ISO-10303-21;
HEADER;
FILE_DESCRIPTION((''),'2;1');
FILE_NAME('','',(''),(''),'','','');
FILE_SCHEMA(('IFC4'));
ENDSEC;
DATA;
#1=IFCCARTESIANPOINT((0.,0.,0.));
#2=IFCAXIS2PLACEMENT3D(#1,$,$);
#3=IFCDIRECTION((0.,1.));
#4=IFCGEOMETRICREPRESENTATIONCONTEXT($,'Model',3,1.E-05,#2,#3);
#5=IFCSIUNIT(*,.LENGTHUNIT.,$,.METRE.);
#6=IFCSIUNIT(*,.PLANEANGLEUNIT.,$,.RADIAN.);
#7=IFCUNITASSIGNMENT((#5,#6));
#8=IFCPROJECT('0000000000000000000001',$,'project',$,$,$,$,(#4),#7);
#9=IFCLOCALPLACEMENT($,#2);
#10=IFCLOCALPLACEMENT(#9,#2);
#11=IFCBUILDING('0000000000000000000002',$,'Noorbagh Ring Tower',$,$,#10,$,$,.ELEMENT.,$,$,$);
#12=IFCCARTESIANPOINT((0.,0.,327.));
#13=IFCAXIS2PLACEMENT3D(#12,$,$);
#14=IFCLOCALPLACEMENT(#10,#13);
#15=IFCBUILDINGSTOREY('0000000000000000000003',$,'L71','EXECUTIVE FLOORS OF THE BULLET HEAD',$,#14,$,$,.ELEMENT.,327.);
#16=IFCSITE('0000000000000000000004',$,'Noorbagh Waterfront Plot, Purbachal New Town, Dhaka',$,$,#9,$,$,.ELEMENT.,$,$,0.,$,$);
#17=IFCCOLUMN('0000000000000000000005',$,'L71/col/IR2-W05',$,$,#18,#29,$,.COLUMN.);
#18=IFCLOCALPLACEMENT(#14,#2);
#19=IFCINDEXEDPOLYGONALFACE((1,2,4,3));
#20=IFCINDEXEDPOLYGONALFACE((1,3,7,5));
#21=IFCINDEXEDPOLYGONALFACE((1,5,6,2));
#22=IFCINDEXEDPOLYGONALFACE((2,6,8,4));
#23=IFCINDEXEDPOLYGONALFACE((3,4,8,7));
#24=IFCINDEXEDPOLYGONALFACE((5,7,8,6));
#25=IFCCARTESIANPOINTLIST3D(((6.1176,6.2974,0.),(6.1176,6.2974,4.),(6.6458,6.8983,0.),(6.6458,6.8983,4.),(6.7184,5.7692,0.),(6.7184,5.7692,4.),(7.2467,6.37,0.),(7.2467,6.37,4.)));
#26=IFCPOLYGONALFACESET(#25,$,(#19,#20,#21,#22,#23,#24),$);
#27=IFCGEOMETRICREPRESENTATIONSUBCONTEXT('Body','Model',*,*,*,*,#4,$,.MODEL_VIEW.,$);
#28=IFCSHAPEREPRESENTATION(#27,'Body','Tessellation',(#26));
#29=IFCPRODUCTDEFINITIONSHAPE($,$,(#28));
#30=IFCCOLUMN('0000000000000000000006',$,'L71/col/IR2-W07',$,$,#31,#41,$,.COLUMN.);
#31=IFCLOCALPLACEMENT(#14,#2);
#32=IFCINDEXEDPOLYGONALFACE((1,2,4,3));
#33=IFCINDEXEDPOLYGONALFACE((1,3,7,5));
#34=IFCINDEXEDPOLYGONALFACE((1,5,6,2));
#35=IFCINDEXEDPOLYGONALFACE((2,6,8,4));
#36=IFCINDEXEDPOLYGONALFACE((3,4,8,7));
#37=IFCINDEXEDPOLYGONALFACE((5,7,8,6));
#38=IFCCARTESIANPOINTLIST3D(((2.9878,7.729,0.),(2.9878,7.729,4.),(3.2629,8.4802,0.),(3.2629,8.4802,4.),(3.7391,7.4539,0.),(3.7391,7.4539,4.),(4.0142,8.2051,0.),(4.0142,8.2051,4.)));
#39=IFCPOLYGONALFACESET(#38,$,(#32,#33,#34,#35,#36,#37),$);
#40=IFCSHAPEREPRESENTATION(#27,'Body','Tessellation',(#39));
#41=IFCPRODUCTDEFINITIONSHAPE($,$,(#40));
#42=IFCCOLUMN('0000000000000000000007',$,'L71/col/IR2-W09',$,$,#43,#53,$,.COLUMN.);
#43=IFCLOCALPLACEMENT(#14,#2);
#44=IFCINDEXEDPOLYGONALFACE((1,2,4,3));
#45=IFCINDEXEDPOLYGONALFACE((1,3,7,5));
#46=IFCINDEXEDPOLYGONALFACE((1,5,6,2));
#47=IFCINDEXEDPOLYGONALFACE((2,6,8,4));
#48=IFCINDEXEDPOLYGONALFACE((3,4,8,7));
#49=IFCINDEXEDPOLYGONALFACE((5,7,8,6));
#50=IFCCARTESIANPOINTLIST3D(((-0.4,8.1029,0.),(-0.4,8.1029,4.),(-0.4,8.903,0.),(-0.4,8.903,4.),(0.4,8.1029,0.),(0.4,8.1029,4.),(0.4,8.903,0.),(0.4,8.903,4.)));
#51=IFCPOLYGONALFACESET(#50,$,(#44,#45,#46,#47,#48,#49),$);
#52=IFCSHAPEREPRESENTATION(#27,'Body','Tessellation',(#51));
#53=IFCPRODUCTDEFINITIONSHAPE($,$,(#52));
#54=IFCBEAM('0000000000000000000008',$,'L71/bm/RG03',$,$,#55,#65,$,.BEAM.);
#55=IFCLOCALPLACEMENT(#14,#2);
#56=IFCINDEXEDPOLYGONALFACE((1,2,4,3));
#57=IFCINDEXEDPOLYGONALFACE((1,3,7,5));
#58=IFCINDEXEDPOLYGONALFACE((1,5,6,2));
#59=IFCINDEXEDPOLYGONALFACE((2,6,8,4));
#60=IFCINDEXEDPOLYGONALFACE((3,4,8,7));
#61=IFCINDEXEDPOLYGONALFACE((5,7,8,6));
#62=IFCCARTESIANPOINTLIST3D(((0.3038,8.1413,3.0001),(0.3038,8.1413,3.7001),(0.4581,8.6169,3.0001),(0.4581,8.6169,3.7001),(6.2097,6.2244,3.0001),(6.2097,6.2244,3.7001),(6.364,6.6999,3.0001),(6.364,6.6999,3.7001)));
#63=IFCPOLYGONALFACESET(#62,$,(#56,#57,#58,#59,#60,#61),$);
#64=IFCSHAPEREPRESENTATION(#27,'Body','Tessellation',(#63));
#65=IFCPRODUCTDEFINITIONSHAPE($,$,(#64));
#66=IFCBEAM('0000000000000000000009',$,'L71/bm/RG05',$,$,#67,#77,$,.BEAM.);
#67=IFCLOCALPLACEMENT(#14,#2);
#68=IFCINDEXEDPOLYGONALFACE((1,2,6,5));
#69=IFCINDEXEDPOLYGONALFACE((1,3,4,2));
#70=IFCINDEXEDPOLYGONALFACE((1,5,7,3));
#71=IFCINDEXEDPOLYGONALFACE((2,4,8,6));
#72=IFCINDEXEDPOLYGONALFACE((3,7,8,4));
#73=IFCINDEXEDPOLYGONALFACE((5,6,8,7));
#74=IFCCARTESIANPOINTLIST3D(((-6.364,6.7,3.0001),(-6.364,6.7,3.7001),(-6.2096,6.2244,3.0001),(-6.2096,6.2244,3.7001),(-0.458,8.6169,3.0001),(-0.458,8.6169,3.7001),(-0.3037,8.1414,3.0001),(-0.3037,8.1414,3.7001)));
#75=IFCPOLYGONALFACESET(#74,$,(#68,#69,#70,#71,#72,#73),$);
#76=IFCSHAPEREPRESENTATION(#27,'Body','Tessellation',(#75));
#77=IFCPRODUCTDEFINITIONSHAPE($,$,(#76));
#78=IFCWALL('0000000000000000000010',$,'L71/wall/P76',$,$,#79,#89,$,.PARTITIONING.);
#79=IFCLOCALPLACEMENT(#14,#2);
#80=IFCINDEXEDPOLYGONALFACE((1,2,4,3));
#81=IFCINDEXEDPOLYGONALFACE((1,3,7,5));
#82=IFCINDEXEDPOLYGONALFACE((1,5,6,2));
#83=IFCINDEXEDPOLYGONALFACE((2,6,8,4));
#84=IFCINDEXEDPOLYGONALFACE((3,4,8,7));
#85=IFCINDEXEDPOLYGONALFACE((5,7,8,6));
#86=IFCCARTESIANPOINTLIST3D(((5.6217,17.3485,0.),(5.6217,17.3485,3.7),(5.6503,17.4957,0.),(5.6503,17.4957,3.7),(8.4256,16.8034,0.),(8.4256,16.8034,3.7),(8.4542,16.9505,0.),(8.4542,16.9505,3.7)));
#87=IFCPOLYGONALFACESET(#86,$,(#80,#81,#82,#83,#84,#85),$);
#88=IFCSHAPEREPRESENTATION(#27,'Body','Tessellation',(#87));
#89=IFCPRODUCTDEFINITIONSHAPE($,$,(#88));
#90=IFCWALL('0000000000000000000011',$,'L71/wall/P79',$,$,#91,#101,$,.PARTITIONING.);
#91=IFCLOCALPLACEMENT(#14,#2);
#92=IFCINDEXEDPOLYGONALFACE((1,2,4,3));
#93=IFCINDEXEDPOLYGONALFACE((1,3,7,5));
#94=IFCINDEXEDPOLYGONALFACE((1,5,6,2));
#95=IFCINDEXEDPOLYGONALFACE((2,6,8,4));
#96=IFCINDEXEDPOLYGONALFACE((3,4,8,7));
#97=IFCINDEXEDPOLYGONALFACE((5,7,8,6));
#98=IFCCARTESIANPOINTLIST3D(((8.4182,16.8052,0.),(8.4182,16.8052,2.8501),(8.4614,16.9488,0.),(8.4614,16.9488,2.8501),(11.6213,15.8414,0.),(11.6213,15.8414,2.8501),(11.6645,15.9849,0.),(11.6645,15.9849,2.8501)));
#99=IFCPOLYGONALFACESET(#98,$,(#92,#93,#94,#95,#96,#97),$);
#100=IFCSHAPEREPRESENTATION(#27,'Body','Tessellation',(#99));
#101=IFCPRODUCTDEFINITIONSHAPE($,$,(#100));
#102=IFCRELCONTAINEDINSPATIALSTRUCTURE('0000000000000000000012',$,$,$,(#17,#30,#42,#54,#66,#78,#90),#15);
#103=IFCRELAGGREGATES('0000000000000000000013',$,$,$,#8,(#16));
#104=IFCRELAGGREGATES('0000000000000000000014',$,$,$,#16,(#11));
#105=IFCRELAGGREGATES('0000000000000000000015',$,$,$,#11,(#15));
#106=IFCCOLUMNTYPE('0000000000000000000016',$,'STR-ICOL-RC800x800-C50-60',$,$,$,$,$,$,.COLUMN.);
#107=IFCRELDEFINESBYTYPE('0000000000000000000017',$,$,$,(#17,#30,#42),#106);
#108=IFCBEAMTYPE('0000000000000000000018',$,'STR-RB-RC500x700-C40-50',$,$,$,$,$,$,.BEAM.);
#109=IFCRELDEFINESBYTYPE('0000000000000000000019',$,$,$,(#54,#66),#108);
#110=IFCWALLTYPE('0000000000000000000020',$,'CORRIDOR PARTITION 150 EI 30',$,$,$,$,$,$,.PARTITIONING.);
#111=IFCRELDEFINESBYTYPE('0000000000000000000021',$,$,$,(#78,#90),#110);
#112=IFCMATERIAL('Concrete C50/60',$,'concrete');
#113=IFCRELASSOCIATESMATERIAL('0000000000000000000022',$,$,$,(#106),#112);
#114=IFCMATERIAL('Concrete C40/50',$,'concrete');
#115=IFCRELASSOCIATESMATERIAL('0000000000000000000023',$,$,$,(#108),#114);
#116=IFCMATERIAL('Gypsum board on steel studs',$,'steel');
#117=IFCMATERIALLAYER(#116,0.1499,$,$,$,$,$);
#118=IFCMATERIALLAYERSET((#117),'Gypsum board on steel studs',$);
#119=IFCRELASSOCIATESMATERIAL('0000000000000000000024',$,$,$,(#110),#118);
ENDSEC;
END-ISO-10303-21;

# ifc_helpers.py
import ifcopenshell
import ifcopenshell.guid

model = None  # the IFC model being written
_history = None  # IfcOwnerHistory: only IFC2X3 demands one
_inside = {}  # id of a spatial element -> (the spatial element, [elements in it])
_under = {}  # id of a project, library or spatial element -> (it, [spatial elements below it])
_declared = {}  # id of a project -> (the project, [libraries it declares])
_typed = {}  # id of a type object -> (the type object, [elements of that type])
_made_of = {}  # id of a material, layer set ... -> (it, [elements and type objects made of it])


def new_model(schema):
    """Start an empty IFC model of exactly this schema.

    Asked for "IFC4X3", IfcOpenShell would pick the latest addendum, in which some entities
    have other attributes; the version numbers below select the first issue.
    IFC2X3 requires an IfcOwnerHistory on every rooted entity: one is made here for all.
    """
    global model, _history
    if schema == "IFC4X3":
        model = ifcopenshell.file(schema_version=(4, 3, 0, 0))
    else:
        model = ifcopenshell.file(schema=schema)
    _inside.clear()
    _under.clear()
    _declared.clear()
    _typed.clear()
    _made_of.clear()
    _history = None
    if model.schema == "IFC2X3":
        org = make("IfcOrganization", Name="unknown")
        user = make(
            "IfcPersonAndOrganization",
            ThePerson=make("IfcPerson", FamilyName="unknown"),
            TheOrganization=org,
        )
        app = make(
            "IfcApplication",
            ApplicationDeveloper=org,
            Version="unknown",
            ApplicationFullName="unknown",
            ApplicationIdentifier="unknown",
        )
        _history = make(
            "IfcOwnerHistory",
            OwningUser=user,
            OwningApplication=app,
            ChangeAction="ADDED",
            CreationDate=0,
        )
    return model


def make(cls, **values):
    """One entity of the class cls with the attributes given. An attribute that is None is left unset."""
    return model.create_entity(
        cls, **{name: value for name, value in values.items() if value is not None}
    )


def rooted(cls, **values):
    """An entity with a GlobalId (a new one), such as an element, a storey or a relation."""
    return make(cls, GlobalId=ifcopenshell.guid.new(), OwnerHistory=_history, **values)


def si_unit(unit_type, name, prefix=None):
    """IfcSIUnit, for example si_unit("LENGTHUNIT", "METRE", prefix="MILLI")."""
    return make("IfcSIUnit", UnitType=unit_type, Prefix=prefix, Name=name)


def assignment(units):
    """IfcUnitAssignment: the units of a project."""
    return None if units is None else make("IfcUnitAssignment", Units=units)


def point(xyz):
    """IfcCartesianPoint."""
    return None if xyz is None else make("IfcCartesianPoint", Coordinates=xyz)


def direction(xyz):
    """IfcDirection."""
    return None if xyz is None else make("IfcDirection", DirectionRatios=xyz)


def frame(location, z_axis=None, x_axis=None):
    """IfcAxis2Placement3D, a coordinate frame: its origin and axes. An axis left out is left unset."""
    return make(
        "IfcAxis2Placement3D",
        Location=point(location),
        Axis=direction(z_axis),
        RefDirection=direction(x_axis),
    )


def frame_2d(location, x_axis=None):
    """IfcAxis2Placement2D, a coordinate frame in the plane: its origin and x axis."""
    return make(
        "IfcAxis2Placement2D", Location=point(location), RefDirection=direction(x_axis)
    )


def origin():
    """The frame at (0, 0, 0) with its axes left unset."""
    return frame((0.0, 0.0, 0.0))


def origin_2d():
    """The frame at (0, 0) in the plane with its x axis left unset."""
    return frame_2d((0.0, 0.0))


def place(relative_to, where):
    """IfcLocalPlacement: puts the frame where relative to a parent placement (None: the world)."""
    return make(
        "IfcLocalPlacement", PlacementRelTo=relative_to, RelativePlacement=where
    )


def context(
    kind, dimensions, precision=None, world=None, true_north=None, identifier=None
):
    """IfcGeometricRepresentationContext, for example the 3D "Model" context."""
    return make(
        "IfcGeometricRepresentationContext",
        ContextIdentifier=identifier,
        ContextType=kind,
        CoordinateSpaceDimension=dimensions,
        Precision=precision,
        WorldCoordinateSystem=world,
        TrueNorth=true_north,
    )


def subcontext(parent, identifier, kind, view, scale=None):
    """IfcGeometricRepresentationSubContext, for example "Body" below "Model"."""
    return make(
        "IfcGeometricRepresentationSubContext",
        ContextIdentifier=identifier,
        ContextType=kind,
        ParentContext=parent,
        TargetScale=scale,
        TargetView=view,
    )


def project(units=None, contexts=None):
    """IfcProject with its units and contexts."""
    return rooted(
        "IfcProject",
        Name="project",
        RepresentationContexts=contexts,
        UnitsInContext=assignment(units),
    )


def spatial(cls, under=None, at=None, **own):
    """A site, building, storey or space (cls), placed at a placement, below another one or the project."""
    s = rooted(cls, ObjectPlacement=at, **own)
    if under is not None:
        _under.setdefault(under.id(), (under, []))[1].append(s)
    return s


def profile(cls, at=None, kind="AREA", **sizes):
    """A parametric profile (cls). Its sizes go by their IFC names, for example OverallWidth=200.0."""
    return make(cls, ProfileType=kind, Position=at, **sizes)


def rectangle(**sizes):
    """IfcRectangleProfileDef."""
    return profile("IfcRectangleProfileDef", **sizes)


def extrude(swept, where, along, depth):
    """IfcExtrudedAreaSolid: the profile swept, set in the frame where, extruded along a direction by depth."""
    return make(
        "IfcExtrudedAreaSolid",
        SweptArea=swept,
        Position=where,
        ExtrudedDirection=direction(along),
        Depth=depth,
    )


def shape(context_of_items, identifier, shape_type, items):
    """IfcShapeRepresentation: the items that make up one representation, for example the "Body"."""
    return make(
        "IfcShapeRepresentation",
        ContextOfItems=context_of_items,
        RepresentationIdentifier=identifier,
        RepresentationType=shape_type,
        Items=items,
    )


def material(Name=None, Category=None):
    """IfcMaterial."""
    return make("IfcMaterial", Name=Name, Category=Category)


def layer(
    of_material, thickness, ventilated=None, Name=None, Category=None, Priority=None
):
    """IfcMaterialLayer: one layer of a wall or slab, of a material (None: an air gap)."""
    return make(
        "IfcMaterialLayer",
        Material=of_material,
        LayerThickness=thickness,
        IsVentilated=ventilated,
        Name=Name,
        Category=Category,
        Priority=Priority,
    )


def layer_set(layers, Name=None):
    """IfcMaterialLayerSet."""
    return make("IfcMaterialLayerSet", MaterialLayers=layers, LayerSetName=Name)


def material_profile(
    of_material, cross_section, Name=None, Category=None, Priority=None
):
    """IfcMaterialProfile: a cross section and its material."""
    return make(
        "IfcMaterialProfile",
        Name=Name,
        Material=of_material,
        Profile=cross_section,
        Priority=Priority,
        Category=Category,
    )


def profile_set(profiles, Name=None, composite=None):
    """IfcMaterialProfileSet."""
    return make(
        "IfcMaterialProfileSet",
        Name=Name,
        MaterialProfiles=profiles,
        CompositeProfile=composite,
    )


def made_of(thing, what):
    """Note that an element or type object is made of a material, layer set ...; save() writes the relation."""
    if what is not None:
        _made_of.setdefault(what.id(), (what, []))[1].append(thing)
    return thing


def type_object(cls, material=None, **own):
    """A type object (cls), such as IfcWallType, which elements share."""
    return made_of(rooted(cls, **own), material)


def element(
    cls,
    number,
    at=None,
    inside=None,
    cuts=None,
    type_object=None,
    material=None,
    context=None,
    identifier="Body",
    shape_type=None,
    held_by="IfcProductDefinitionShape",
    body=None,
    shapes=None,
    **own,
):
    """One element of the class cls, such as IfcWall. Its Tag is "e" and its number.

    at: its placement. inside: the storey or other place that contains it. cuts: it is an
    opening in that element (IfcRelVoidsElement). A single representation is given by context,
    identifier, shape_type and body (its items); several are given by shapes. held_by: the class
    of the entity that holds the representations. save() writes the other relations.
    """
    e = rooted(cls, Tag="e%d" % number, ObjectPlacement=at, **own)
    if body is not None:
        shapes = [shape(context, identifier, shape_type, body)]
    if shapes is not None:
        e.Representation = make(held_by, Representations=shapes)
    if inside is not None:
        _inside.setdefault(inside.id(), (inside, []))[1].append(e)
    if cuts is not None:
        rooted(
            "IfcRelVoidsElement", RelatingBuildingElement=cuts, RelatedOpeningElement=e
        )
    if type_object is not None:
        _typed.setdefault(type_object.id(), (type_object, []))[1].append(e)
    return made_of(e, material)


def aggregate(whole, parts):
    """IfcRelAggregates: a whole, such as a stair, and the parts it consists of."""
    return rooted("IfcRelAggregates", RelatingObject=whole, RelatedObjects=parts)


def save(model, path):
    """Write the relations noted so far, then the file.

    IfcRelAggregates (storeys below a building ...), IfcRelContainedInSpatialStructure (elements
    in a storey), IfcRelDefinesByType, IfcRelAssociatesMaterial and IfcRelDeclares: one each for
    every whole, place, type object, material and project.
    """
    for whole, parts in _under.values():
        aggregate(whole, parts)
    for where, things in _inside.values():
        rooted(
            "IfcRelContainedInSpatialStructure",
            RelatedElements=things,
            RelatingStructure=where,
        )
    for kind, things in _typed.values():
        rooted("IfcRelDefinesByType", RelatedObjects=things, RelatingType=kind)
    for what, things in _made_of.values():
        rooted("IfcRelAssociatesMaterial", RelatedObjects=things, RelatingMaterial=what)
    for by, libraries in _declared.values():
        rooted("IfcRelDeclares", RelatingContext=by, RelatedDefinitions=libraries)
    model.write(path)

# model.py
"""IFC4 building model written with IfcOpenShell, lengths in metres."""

from ifc_helpers import new_model, si_unit, direction, frame, frame_2d, origin, origin_2d, place, context, subcontext, project, spatial, rectangle, extrude, material, layer, layer_set, material_profile, profile_set, type_object, element, save


model = new_model("IFC4")

# Units and contexts
model_context = context("Model", 3, precision=1e-05, world=origin(), true_north=direction((0.0, 1.0)))
body_context = subcontext(model_context, "Body", "Model", "MODEL_VIEW")
ifc_project = project(units=[si_unit("LENGTHUNIT", "METRE"), si_unit("PLANEANGLEUNIT", "RADIAN")], contexts=[model_context])

# Site, building, storey
site_placement = place(None, origin())
site = spatial("IfcSite", under=ifc_project, at=site_placement, Name="Noorbagh Waterfront Plot, Purbachal New Town, Dhaka", CompositionType="ELEMENT", RefElevation=0.0)
building_placement = place(site_placement, origin())
building = spatial("IfcBuilding", under=site, at=building_placement, Name="Noorbagh Ring Tower", CompositionType="ELEMENT")
storey_placement = place(building_placement, frame((0.0, 0.0, 327.0)))
storey = spatial("IfcBuildingStorey", under=building, at=storey_placement, Name="L71", Description="EXECUTIVE FLOORS OF THE BULLET HEAD", CompositionType="ELEMENT", Elevation=327.0)

# Columns
ifc_material_1 = material(Name="Concrete C50/60", Category="concrete")
ifc_material_profile_1 = material_profile(ifc_material_1, rectangle(XDim=0.8, YDim=0.8, at=origin_2d()), Name="RC800x800")
ifc_profile_set_1 = profile_set([ifc_material_profile_1], Name="Concrete C50/60")
column_type = type_object("IfcColumnType", Name="STR-ICOL-RC800x800-C50-60", PredefinedType="COLUMN", material=ifc_profile_set_1)
for number, where, z_axis, x_axis, name in (
    (1, (6.6821, 6.3337, 0.0), (0.0, 0.0, 1.0), (-0.751022, 0.660277, 0.0), "L71/col/IR2-W05"),
    (2, (3.501, 7.967, 0.0), (0.0, 0.0, 1.0), (-0.93902, 0.343864, 0.0), "L71/col/IR2-W07"),
    (3, (0.0, 8.5029, 0.0), (0.0, 0.0, 1.0), (-1.0, 0.0, 0.0), "L71/col/IR2-W09"),
):
    element("IfcColumn", number, at=place(storey_placement, frame(where, z_axis=z_axis, x_axis=x_axis)), inside=storey, type_object=column_type, Name=name, PredefinedType="COLUMN", context=body_context, shape_type="SweptSolid", body=[
        extrude(rectangle(XDim=0.8, YDim=0.8, at=origin_2d()), origin(), (0.0, 0.0, 1.0), 4.0),
    ])

# Beams
ifc_material_2 = material(Name="Concrete C40/50", Category="concrete")
ifc_material_profile_2 = material_profile(ifc_material_2, rectangle(XDim=0.5, YDim=0.7, at=origin_2d()), Name="RC500x700")
ifc_profile_set_2 = profile_set([ifc_material_profile_2], Name="Concrete C40/50")
beam_type = type_object("IfcBeamType", Name="STR-RB-RC500x700-C40-50", PredefinedType="BEAM", material=ifc_profile_set_2)
for number, where, z_axis, x_axis, name in (
    (4, (6.2869, 6.4622, 3.3501), (-0.95115, 0.308728, 0.0), (-0.308728, -0.95115, 0.0), "L71/bm/RG03"),
    (5, (-0.3809, 8.3792, 3.3501), (-0.95115, -0.308728, 0.0), (0.308728, -0.95115, 0.0), "L71/bm/RG05"),
):
    element("IfcBeam", number, at=place(storey_placement, frame(where, z_axis=z_axis, x_axis=x_axis)), inside=storey, type_object=beam_type, Name=name, PredefinedType="BEAM", context=body_context, shape_type="SweptSolid", body=[
        extrude(rectangle(XDim=0.5, YDim=0.7, at=origin_2d()), origin(), (0.0, 0.0, 1.0), 6.2092),
    ])

# Walls
ifc_material_3 = material(Name="Gypsum board on steel studs", Category="steel")
ifc_layer = layer(ifc_material_3, 0.1499)
ifc_layer_set = layer_set([ifc_layer], Name="Gypsum board on steel studs")
wall_type = type_object("IfcWallType", Name="CORRIDOR PARTITION 150 EI 30", PredefinedType="PARTITIONING", material=ifc_layer_set)
wall_1_placement = place(storey_placement, frame((5.636, 17.4221, 0.0), z_axis=(0.0, 0.0, 1.0), x_axis=(0.981619, -0.190854, 0.0)))
element("IfcWall", 6, at=wall_1_placement, inside=storey, type_object=wall_type, Name="L71/wall/P76", PredefinedType="PARTITIONING", context=body_context, shape_type="SweptSolid", body=[
    extrude(rectangle(XDim=2.8564, YDim=0.1499, at=frame_2d((1.4282, 0.0))), origin(), (0.0, 0.0, 1.0), 3.7),
])
wall_2_placement = place(storey_placement, frame((8.4399, 16.877, 0.0), z_axis=(0.0, 0.0, 1.0), x_axis=(0.957585, -0.288151, 0.0)))
element("IfcWall", 7, at=wall_2_placement, inside=storey, type_object=wall_type, Name="L71/wall/P79", PredefinedType="PARTITIONING", context=body_context, shape_type="SweptSolid", body=[
    extrude(rectangle(XDim=3.345, YDim=0.1499, at=frame_2d((1.6724, 0.0))), origin(), (0.0, 0.0, 1.0), 2.8501),
])

save(model, "model.ifc")
